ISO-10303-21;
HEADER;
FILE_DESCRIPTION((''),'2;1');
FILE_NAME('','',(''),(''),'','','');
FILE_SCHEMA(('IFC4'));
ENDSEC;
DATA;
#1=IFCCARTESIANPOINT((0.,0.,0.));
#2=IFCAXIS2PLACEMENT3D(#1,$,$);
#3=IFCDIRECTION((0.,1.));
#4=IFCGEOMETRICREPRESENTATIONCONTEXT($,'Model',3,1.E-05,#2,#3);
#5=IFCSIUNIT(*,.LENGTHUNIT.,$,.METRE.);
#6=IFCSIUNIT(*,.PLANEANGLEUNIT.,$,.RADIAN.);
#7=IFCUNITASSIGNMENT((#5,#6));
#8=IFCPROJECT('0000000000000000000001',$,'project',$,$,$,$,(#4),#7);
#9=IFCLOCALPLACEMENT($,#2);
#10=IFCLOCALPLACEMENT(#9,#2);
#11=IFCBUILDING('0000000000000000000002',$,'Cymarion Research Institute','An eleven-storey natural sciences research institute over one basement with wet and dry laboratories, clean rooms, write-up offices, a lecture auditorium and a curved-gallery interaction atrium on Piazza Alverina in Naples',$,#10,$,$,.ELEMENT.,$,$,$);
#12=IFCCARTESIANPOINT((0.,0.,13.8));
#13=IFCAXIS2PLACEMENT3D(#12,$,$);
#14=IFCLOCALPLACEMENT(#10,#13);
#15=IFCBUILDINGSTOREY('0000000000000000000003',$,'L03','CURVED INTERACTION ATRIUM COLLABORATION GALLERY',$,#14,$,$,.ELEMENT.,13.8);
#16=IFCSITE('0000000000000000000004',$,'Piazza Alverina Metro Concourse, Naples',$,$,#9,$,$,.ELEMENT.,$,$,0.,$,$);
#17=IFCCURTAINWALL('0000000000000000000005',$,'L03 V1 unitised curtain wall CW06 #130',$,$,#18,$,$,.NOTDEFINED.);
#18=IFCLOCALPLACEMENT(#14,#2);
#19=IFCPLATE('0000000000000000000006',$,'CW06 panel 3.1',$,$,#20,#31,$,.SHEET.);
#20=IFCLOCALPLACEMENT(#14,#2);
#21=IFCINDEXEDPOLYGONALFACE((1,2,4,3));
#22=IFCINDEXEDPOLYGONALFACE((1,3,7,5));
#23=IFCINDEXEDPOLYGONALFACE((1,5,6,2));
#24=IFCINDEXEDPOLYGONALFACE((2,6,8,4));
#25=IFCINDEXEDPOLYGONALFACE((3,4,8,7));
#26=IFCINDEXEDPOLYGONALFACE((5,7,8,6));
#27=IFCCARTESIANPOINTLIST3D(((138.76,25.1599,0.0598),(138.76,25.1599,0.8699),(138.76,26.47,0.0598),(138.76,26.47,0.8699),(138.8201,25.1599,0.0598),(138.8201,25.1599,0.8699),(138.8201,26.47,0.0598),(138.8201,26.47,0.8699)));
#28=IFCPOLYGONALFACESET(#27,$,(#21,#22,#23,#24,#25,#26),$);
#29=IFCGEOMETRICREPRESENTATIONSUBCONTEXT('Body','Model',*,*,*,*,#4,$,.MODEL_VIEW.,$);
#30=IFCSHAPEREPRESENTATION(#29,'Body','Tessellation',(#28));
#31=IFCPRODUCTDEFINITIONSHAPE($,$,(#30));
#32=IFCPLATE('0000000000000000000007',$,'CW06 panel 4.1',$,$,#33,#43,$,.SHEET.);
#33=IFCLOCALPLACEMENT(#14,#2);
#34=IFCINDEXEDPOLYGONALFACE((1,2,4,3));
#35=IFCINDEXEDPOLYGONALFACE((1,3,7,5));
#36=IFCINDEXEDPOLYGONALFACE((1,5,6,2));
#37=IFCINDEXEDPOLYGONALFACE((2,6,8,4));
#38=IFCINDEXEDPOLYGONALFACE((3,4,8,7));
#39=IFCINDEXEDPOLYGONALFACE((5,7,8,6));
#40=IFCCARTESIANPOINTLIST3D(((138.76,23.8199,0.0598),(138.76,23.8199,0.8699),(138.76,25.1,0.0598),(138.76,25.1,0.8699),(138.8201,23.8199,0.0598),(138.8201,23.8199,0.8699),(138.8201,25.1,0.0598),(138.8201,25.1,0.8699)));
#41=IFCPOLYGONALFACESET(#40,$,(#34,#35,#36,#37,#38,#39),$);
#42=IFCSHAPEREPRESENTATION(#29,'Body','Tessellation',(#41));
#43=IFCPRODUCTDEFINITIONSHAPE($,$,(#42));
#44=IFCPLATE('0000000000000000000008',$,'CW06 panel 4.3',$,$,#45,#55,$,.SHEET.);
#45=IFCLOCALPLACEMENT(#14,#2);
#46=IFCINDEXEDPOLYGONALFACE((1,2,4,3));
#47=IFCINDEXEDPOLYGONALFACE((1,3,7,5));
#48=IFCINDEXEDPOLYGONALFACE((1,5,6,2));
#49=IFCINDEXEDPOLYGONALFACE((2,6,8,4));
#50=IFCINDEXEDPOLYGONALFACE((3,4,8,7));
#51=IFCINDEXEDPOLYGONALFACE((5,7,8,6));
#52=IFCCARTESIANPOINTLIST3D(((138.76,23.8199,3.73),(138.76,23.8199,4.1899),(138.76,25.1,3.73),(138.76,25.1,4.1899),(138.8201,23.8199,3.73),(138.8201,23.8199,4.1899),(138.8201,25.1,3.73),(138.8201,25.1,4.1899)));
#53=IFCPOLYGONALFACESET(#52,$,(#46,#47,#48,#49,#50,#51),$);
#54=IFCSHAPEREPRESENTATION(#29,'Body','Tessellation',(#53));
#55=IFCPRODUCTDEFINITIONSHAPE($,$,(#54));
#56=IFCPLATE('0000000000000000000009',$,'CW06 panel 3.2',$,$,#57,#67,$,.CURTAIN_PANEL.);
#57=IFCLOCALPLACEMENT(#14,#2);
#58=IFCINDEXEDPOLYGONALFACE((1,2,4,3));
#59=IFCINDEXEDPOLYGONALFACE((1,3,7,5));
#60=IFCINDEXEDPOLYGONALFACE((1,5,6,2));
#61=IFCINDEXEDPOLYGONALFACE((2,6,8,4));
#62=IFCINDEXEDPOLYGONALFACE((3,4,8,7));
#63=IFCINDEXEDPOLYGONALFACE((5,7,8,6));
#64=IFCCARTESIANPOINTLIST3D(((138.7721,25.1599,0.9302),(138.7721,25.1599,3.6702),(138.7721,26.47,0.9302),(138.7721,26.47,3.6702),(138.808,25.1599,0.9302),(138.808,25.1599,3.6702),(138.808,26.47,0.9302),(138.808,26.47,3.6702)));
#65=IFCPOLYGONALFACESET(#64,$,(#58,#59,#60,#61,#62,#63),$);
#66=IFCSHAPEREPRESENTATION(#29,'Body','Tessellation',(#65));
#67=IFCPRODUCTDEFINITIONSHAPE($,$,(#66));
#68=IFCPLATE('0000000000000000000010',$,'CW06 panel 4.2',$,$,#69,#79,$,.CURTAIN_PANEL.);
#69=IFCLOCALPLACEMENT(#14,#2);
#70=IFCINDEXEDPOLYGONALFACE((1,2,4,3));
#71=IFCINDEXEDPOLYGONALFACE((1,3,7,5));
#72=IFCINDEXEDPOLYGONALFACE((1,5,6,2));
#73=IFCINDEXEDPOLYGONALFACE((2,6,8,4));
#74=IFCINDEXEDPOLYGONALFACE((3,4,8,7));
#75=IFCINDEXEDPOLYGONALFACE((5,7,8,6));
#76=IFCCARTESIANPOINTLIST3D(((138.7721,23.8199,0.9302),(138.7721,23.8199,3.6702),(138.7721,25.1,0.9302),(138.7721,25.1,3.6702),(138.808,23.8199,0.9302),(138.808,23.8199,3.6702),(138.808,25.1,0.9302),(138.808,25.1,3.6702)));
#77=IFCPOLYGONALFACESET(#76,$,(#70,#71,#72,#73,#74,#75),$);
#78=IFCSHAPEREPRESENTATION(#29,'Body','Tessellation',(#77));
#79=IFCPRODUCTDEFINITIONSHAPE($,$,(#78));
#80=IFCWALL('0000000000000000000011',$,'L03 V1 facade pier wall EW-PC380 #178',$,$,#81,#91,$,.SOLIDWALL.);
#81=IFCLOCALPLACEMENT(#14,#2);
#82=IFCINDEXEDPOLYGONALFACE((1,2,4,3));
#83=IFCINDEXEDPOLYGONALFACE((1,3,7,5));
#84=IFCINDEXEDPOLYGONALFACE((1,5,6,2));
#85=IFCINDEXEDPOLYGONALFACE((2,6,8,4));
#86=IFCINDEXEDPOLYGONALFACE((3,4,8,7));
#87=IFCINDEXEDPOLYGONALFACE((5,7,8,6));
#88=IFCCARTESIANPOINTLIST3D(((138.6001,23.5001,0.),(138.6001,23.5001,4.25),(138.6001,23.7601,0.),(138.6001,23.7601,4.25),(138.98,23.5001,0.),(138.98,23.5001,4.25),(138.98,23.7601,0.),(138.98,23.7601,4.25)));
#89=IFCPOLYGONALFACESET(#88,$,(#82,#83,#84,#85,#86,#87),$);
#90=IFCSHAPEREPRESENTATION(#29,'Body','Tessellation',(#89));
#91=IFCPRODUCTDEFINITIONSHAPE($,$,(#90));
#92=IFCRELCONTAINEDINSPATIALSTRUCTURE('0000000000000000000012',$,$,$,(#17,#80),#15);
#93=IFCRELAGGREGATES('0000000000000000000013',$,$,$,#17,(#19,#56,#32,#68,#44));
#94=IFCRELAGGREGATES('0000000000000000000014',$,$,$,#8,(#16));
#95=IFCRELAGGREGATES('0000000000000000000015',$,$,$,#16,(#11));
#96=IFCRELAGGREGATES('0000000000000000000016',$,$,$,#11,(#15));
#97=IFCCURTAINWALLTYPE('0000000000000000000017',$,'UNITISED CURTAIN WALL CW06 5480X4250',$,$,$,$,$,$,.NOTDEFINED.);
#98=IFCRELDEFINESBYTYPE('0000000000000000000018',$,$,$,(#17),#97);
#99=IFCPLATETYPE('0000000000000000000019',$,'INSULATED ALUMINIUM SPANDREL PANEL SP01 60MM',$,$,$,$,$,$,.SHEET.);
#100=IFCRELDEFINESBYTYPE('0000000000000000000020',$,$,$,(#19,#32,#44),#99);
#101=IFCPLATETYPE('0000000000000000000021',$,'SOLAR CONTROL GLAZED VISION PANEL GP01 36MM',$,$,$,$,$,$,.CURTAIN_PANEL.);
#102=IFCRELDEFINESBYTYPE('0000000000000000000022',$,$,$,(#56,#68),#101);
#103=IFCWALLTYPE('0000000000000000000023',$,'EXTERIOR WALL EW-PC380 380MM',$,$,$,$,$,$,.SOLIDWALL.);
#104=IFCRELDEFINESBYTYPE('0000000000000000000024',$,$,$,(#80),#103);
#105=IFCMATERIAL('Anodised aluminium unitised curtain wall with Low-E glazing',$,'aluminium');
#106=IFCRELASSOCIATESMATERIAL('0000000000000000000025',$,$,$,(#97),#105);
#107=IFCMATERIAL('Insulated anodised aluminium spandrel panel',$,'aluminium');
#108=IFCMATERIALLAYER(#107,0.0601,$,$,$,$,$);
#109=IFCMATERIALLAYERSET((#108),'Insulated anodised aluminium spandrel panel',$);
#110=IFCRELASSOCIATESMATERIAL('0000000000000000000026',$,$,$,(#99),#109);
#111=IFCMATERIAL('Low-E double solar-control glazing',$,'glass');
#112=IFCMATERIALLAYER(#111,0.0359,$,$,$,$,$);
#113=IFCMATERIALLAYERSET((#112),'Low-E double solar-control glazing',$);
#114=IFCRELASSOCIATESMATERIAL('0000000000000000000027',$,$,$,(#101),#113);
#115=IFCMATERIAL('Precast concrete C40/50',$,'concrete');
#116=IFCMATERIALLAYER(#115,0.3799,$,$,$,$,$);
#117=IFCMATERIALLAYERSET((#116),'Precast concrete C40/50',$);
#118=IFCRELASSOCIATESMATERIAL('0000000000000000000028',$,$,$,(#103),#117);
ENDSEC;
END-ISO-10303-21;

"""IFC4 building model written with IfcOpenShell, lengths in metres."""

from ifc_helpers import new_model, si_unit, direction, frame, frame_2d, origin, origin_2d, place, context, subcontext, project, spatial, rectangle, extrude, material, layer, layer_set, type_object, element, aggregate, save


model = new_model("IFC4")

# Units and contexts
model_context = context("Model", 3, precision=1e-05, world=origin(), true_north=direction((0.0, 1.0)))
body_context = subcontext(model_context, "Body", "Model", "MODEL_VIEW")
ifc_project = project(units=[si_unit("LENGTHUNIT", "METRE"), si_unit("PLANEANGLEUNIT", "RADIAN")], contexts=[model_context])

# Site, building, storey
site_placement = place(None, origin())
site = spatial("IfcSite", under=ifc_project, at=site_placement, Name="Piazza Alverina Metro Concourse, Naples", CompositionType="ELEMENT", RefElevation=0.0)
building_placement = place(site_placement, origin())
building = spatial("IfcBuilding", under=site, at=building_placement, Name="Cymarion Research Institute", Description="An eleven-storey natural sciences research institute over one basement with wet and dry laboratories, clean rooms, write-up offices, a lecture auditorium and a curved-gallery interaction atrium on Piazza Alverina in Naples", CompositionType="ELEMENT")
storey_placement = place(building_placement, frame((0.0, 0.0, 13.8)))
storey = spatial("IfcBuildingStorey", under=building, at=storey_placement, Name="L03", Description="CURVED INTERACTION ATRIUM COLLABORATION GALLERY", CompositionType="ELEMENT", Elevation=13.8)

# Curtain wall
ifc_material_1 = material(Name="Anodised aluminium unitised curtain wall with Low-E glazing", Category="aluminium")
curtain_wall_type = type_object("IfcCurtainWallType", Name="UNITISED CURTAIN WALL CW06 5480X4250", PredefinedType="NOTDEFINED", material=ifc_material_1)
curtain_wall_placement = place(storey_placement, origin())
curtain_wall = element("IfcCurtainWall", 1, at=curtain_wall_placement, inside=storey, type_object=curtain_wall_type, Name="L03 V1 unitised curtain wall CW06 #130", PredefinedType="NOTDEFINED")

# Plates
ifc_material_2 = material(Name="Insulated anodised aluminium spandrel panel", Category="aluminium")
ifc_layer_1 = layer(ifc_material_2, 0.0601)
ifc_layer_set_1 = layer_set([ifc_layer_1], Name="Insulated anodised aluminium spandrel panel")
plate_type_1 = type_object("IfcPlateType", Name="INSULATED ALUMINIUM SPANDREL PANEL SP01 60MM", PredefinedType="SHEET", material=ifc_layer_set_1)
plate_1_placement = place(storey_placement, frame((138.79, 25.8149, 0.0598), z_axis=(0.0, 0.0, 1.0), x_axis=(0.0, -1.0, 0.0)))
plate_1 = element("IfcPlate", 2, at=plate_1_placement, type_object=plate_type_1, Name="CW06 panel 3.1", PredefinedType="SHEET", context=body_context, shape_type="SweptSolid", body=[
    extrude(rectangle(XDim=1.3101, YDim=0.0601, at=origin_2d()), origin(), (0.0, 0.0, 1.0), 0.8101),
])
plate_2_placement = place(storey_placement, frame((138.79, 24.46, 0.0598), z_axis=(0.0, 0.0, 1.0), x_axis=(0.0, -1.0, 0.0)))
plate_2 = element("IfcPlate", 3, at=plate_2_placement, type_object=plate_type_1, Name="CW06 panel 4.1", PredefinedType="SHEET", context=body_context, shape_type="SweptSolid", body=[
    extrude(rectangle(XDim=1.28, YDim=0.0601, at=origin_2d()), origin(), (0.0, 0.0, 1.0), 0.8101),
])
plate_3_placement = place(storey_placement, frame((138.79, 24.46, 3.73), z_axis=(0.0, 0.0, 1.0), x_axis=(0.0, -1.0, 0.0)))
plate_3 = element("IfcPlate", 4, at=plate_3_placement, type_object=plate_type_1, Name="CW06 panel 4.3", PredefinedType="SHEET", context=body_context, shape_type="SweptSolid", body=[
    extrude(rectangle(XDim=1.28, YDim=0.0601, at=origin_2d()), origin(), (0.0, 0.0, 1.0), 0.46),
])
ifc_material_3 = material(Name="Low-E double solar-control glazing", Category="glass")
ifc_layer_2 = layer(ifc_material_3, 0.0359)
ifc_layer_set_2 = layer_set([ifc_layer_2], Name="Low-E double solar-control glazing")
plate_type_2 = type_object("IfcPlateType", Name="SOLAR CONTROL GLAZED VISION PANEL GP01 36MM", PredefinedType="CURTAIN_PANEL", material=ifc_layer_set_2)
plate_4_placement = place(storey_placement, frame((138.79, 25.8149, 0.9302), z_axis=(0.0, 0.0, 1.0), x_axis=(0.0, -1.0, 0.0)))
plate_4 = element("IfcPlate", 5, at=plate_4_placement, type_object=plate_type_2, Name="CW06 panel 3.2", PredefinedType="CURTAIN_PANEL", context=body_context, shape_type="SweptSolid", body=[
    extrude(rectangle(XDim=1.3101, YDim=0.0359, at=origin_2d()), origin(), (0.0, 0.0, 1.0), 2.74),
])
plate_5_placement = place(storey_placement, frame((138.79, 24.46, 0.9302), z_axis=(0.0, 0.0, 1.0), x_axis=(0.0, -1.0, 0.0)))
plate_5 = element("IfcPlate", 6, at=plate_5_placement, type_object=plate_type_2, Name="CW06 panel 4.2", PredefinedType="CURTAIN_PANEL", context=body_context, shape_type="SweptSolid", body=[
    extrude(rectangle(XDim=1.28, YDim=0.0359, at=origin_2d()), origin(), (0.0, 0.0, 1.0), 2.74),
])
aggregate(curtain_wall, [plate_1, plate_4, plate_2, plate_5, plate_3])

# Wall
ifc_material_4 = material(Name="Precast concrete C40/50", Category="concrete")
ifc_layer_3 = layer(ifc_material_4, 0.3799)
ifc_layer_set_3 = layer_set([ifc_layer_3], Name="Precast concrete C40/50")
wall_type_1 = type_object("IfcWallType", Name="EXTERIOR WALL EW-PC380 380MM", PredefinedType="SOLIDWALL", material=ifc_layer_set_3)
wall_1_placement = place(storey_placement, frame((138.79, 23.76, 0.0), z_axis=(0.0, 0.0, 1.0), x_axis=(0.0, -1.0, 0.0)))
element("IfcWall", 7, at=wall_1_placement, inside=storey, type_object=wall_type_1, Name="L03 V1 facade pier wall EW-PC380 #178", PredefinedType="SOLIDWALL", context=body_context, shape_type="SweptSolid", body=[
    extrude(rectangle(XDim=0.26, YDim=0.3799, at=frame_2d((0.1299, 0.0))), origin(), (0.0, 0.0, 1.0), 4.25),
])

save(model, "model.ifc")
